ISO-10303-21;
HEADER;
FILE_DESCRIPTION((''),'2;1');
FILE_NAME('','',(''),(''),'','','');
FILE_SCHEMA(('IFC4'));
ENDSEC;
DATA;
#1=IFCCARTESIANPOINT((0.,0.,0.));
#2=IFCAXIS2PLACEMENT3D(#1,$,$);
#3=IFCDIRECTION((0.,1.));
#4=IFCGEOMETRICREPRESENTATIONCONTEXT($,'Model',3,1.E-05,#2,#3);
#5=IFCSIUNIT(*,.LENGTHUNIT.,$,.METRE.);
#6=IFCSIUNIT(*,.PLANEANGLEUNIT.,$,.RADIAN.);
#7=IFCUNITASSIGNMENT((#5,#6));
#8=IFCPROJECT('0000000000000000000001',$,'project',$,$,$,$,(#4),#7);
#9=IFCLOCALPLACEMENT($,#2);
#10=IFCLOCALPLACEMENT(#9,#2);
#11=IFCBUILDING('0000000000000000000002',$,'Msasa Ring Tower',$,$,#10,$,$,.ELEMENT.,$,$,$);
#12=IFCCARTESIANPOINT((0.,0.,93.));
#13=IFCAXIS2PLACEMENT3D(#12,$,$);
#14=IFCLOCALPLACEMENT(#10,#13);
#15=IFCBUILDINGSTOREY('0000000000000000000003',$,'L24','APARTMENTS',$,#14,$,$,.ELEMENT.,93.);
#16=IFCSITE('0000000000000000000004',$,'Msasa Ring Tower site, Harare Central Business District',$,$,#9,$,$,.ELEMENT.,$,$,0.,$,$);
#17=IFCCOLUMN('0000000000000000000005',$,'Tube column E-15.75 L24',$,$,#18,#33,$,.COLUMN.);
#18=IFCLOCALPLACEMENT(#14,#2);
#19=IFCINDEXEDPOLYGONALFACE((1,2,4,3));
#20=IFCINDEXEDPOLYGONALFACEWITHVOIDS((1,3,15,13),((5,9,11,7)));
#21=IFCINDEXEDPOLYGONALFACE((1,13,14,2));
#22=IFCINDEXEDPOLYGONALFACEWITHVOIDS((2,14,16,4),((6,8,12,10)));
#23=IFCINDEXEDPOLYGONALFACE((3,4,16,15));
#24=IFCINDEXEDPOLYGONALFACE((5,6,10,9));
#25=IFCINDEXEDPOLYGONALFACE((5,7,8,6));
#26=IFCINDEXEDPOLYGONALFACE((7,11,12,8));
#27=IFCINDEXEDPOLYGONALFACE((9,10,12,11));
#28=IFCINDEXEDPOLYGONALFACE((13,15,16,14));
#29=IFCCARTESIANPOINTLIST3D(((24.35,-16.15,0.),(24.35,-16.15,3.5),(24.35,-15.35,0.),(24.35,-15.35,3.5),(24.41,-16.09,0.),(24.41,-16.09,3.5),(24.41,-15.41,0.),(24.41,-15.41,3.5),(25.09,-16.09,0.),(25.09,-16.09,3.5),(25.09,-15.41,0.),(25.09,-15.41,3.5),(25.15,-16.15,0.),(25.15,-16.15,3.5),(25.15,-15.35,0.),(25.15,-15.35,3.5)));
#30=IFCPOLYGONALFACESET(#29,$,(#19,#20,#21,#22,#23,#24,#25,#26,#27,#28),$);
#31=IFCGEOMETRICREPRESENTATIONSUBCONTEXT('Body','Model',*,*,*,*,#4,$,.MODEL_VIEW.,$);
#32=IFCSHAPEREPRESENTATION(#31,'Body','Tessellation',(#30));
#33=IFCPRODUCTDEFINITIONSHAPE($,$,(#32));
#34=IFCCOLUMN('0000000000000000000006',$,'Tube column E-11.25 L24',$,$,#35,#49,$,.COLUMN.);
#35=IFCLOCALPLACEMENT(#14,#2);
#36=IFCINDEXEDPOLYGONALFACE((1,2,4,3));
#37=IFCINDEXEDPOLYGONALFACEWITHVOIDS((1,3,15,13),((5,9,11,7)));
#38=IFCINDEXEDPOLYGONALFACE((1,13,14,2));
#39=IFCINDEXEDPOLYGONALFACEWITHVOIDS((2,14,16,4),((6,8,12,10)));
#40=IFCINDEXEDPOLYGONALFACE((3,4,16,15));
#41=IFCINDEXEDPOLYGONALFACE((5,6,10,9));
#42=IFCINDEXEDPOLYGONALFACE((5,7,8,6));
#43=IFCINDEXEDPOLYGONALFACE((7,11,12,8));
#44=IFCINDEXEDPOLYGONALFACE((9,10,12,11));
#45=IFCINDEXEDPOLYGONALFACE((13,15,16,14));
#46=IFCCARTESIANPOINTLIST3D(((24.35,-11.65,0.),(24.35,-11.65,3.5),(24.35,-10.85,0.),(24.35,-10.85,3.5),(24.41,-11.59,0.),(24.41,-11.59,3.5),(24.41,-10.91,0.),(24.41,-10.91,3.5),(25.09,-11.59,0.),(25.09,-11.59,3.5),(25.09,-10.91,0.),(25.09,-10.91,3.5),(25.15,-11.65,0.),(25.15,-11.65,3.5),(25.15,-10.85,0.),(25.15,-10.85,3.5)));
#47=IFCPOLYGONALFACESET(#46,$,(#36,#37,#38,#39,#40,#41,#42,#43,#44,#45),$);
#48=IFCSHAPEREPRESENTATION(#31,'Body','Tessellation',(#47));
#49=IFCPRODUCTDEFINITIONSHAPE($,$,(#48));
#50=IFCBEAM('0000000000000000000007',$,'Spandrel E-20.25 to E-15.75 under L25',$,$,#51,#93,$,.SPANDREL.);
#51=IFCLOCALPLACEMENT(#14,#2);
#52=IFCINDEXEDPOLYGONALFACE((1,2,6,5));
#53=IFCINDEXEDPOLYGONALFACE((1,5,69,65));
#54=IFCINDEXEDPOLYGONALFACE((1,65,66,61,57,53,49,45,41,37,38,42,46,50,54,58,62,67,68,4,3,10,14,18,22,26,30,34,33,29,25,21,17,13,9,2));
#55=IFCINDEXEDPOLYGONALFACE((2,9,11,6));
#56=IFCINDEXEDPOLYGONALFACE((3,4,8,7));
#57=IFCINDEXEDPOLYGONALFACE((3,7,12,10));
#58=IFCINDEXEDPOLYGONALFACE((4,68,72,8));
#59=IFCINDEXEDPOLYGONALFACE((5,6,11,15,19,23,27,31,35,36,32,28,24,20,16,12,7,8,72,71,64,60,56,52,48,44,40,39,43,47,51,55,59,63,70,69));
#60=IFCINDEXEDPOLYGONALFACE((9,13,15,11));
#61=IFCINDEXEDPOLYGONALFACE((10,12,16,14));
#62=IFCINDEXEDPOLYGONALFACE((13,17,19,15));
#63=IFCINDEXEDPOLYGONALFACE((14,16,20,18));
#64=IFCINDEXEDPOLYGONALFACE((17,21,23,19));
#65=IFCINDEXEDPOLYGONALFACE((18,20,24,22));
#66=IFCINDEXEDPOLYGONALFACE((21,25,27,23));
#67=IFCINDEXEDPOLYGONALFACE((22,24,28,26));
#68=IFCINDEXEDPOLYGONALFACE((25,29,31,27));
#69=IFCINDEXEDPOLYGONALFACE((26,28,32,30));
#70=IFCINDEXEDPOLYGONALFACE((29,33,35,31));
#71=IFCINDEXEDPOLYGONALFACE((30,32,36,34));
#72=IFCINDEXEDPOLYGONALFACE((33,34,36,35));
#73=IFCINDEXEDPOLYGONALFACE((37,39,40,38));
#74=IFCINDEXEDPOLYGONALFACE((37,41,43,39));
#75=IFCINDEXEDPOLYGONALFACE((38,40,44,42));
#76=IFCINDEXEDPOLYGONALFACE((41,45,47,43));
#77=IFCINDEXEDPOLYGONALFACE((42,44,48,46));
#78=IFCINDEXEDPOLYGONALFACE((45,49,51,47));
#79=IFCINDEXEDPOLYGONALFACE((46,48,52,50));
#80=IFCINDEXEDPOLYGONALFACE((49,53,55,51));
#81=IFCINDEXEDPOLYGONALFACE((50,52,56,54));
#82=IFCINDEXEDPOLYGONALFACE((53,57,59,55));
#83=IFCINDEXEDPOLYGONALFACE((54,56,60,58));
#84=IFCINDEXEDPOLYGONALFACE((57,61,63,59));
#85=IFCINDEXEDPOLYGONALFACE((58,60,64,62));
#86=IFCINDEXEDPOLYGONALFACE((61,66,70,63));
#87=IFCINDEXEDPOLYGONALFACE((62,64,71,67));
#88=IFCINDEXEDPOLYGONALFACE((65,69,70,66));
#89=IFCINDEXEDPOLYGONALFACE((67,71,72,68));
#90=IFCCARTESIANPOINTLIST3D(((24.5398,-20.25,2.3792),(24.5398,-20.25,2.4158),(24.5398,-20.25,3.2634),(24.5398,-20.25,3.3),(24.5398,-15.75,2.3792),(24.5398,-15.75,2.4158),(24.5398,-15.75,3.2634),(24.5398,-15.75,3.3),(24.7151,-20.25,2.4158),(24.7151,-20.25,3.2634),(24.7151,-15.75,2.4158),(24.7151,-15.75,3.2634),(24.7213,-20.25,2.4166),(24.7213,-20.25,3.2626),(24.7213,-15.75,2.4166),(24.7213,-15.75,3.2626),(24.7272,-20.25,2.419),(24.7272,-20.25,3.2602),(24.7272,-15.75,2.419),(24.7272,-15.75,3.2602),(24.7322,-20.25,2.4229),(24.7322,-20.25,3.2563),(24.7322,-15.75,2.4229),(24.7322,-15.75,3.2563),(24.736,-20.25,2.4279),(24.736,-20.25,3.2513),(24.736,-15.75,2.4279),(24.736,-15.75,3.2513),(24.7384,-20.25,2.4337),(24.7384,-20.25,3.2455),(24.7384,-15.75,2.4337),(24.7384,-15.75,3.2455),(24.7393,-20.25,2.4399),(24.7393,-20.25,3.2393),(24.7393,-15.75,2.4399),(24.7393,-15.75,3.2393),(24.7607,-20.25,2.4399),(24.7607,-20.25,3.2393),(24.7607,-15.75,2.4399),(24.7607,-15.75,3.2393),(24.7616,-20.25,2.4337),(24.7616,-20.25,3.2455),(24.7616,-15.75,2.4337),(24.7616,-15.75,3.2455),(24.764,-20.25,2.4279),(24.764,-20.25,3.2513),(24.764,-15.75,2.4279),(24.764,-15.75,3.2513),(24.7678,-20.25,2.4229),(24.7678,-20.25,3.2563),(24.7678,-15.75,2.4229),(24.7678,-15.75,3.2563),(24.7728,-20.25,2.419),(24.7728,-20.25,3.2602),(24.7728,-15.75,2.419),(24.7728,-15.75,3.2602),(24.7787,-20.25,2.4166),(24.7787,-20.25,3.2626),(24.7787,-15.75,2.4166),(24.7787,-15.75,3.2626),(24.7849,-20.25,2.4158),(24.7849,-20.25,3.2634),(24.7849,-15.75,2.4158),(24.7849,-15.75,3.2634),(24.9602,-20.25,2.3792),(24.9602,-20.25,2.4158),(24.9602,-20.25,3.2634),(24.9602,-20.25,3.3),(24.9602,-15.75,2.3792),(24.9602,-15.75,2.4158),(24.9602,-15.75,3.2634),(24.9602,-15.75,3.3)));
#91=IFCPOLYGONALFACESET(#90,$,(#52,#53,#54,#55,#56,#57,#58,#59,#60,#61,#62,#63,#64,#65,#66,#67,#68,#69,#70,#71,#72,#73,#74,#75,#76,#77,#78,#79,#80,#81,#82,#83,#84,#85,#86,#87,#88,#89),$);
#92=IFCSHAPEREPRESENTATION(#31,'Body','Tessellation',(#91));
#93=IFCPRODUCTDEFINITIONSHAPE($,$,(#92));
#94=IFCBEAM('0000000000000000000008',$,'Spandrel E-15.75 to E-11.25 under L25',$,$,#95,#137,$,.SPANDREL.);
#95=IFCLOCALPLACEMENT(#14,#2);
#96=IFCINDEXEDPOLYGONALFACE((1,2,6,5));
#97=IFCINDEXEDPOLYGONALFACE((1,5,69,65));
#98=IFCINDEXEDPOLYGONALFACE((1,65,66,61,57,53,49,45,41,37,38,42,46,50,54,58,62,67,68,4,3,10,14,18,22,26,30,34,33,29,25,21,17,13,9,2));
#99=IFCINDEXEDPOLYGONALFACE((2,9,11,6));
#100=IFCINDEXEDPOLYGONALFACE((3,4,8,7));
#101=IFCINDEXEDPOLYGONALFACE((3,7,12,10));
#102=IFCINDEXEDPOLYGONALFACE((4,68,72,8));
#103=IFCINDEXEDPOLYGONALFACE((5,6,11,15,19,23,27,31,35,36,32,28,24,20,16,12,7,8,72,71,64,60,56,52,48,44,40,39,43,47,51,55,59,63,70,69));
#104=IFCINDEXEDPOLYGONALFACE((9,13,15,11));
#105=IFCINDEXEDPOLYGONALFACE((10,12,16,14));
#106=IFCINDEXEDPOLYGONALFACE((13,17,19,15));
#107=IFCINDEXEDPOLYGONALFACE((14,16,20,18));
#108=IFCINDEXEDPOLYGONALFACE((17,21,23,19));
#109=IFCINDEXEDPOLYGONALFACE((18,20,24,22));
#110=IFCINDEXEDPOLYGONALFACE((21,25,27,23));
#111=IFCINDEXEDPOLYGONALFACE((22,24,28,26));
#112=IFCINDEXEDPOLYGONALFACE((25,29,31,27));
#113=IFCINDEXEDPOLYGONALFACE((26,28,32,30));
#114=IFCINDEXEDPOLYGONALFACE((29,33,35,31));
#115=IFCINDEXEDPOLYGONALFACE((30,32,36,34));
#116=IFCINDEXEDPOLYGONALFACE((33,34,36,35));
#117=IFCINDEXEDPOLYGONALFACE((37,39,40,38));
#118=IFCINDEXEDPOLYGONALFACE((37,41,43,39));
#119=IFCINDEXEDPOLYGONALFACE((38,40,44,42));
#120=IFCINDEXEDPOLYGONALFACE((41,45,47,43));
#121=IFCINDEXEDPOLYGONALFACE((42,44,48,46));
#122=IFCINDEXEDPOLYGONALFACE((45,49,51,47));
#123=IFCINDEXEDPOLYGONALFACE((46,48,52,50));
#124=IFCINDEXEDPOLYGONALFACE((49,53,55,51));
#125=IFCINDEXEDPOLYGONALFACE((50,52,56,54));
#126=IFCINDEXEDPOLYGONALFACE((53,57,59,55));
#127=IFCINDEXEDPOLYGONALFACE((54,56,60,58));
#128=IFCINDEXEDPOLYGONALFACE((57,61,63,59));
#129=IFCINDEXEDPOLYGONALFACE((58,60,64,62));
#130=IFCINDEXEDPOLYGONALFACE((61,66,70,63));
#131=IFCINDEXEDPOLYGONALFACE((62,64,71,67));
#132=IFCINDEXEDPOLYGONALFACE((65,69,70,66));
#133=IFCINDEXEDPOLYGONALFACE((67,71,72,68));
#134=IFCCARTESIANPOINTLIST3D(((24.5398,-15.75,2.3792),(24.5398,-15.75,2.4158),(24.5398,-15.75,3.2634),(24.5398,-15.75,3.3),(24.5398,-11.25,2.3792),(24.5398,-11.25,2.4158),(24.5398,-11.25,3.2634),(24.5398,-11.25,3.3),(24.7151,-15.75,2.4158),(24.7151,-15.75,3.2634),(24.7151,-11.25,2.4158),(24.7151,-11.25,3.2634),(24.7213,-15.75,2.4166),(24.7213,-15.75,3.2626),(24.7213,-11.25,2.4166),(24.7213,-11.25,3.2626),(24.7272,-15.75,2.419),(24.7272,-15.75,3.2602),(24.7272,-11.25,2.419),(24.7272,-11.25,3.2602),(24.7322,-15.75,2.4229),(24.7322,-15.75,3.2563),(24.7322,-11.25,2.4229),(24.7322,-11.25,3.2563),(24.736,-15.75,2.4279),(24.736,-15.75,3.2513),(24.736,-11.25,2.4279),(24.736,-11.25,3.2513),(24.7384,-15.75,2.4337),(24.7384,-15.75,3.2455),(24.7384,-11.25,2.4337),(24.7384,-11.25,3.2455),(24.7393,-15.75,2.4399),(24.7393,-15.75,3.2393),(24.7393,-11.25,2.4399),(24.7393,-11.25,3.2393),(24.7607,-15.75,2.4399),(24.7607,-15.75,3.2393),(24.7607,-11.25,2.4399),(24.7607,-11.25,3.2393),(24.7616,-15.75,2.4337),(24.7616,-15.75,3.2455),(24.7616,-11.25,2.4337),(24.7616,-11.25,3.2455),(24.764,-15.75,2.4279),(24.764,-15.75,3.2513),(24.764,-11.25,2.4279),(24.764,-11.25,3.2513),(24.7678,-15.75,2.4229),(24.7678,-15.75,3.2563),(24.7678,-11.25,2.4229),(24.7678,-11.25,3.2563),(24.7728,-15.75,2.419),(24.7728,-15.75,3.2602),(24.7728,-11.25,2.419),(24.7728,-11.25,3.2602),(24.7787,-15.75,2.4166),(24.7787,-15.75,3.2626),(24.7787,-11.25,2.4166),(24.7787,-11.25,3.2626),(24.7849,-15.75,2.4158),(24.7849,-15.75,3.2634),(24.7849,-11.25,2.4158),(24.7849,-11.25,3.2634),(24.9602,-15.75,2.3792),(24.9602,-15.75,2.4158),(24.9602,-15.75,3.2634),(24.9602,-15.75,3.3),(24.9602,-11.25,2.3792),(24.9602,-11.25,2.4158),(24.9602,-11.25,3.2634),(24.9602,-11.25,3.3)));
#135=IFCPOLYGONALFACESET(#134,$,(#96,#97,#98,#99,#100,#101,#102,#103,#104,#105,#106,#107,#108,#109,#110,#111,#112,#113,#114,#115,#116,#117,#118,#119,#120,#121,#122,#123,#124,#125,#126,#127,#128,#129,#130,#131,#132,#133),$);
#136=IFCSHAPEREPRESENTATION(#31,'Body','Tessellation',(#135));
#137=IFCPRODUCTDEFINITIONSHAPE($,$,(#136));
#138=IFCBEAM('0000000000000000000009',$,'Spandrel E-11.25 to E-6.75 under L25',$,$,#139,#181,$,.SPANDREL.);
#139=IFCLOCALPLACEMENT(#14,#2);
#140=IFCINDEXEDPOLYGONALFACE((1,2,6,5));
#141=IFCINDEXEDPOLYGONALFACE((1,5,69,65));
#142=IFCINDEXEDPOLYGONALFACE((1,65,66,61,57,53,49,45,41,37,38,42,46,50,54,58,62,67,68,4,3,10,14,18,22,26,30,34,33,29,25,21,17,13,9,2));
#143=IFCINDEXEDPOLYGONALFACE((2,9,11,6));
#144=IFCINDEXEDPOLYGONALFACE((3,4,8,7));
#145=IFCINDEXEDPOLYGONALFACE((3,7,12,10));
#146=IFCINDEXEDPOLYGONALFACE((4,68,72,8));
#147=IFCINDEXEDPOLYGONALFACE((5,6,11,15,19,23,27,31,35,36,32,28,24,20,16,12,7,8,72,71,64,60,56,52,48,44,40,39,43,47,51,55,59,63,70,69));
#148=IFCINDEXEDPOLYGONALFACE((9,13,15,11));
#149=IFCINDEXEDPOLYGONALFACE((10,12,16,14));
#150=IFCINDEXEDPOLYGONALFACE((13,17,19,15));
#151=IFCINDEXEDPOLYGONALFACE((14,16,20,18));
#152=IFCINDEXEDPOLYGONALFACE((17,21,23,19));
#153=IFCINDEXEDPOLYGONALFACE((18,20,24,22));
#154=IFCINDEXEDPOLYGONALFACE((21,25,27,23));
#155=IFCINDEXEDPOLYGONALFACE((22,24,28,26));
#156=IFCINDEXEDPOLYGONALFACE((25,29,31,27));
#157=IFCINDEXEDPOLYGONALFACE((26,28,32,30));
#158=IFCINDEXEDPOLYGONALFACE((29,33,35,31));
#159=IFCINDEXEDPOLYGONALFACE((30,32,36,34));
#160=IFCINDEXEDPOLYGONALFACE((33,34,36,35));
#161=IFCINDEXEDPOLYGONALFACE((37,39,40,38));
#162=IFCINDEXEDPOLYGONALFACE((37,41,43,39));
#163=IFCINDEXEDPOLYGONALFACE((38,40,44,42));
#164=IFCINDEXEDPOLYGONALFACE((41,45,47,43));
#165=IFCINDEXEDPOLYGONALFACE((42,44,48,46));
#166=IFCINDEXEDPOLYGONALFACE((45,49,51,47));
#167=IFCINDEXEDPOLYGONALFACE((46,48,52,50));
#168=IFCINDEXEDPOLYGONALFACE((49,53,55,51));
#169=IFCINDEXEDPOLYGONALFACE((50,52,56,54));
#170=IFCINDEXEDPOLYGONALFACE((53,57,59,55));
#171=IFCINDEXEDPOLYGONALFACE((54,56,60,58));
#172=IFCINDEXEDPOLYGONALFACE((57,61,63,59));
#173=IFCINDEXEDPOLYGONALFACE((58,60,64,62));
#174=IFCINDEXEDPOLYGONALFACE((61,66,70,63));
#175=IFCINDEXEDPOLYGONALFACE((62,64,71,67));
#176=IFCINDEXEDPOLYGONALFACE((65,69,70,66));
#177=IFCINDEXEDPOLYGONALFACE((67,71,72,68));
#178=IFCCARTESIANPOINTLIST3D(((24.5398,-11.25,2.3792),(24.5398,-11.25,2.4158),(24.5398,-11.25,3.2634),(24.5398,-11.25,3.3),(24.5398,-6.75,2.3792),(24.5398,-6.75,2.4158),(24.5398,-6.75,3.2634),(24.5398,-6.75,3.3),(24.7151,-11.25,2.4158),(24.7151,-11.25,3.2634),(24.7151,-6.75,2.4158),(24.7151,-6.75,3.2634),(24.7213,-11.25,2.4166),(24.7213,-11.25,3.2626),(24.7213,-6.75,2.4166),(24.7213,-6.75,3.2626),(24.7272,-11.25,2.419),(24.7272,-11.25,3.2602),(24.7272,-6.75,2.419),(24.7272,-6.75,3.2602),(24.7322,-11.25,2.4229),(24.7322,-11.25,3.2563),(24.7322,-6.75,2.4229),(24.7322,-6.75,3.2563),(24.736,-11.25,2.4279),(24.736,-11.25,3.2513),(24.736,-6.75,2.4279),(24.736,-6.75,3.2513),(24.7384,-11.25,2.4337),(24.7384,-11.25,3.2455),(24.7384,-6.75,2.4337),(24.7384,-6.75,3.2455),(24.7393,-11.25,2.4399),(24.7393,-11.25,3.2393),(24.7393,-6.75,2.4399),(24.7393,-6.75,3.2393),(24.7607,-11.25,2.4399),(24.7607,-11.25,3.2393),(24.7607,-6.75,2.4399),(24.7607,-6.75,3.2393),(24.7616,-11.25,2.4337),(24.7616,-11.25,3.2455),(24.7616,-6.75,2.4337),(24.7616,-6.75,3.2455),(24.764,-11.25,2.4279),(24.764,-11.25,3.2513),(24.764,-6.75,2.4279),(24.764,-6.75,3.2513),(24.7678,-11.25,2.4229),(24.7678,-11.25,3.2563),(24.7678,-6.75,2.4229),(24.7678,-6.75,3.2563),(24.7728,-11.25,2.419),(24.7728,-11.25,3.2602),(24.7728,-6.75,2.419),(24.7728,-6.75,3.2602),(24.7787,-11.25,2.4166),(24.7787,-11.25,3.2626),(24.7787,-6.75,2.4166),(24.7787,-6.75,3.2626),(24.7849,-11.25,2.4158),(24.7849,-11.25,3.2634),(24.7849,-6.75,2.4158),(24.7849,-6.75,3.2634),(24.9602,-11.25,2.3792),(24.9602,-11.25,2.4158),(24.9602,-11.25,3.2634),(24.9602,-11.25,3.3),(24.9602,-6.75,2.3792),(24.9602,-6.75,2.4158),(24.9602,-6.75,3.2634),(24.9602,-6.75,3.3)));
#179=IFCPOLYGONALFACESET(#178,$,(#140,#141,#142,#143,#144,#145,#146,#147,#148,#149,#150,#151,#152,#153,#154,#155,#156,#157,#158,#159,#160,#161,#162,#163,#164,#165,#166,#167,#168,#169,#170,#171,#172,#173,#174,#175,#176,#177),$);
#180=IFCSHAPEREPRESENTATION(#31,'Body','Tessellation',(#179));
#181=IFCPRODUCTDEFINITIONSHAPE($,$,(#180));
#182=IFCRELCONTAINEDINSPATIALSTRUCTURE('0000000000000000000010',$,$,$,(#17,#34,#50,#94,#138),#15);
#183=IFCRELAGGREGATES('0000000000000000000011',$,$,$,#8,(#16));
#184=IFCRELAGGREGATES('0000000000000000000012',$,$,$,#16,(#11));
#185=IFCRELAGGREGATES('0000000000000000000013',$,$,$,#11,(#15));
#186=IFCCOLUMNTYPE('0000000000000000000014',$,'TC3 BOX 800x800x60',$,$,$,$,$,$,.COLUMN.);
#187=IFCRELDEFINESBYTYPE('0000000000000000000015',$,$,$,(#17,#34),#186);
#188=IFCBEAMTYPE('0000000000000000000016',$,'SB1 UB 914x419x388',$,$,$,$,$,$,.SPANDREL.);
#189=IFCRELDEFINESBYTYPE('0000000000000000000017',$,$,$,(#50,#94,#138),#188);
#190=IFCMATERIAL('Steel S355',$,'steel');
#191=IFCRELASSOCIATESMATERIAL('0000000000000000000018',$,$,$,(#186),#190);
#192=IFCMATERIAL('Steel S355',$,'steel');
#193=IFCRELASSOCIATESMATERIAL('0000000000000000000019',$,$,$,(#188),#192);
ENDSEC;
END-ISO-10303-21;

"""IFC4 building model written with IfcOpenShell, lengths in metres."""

from ifc_helpers import new_model, si_unit, direction, frame, origin, origin_2d, place, context, subcontext, project, spatial, hollow_rectangle, i_section, extrude, material, material_profile, profile_set, type_object, element, save


model = new_model("IFC4")

# Units and contexts
model_context = context("Model", 3, precision=1e-05, world=origin(), true_north=direction((0.0, 1.0)))
body_context = subcontext(model_context, "Body", "Model", "MODEL_VIEW")
ifc_project = project(units=[si_unit("LENGTHUNIT", "METRE"), si_unit("PLANEANGLEUNIT", "RADIAN")], contexts=[model_context])

# Site, building, storey
site_placement = place(None, origin())
site = spatial("IfcSite", under=ifc_project, at=site_placement, Name="Msasa Ring Tower site, Harare Central Business District", CompositionType="ELEMENT", RefElevation=0.0)
building_placement = place(site_placement, origin())
building = spatial("IfcBuilding", under=site, at=building_placement, Name="Msasa Ring Tower", CompositionType="ELEMENT")
storey_placement = place(building_placement, frame((0.0, 0.0, 93.0)))
storey = spatial("IfcBuildingStorey", under=building, at=storey_placement, Name="L24", Description="APARTMENTS", CompositionType="ELEMENT", Elevation=93.0)

# Columns
ifc_material_1 = material(Name="Steel S355", Category="steel")
ifc_material_profile_1 = material_profile(ifc_material_1, hollow_rectangle(XDim=0.8, YDim=0.8, WallThickness=0.0601, at=origin_2d()), Name="BOX 800x800x60")
ifc_profile_set_1 = profile_set([ifc_material_profile_1], Name="Steel S355")
column_type = type_object("IfcColumnType", Name="TC3 BOX 800x800x60", PredefinedType="COLUMN", material=ifc_profile_set_1)
for number, where, z_axis, x_axis, name in (
    (1, (24.75, -15.75, 0.0), (0.0, 0.0, 1.0), (1.0, 0.0, 0.0), "Tube column E-15.75 L24"),
    (2, (24.75, -11.25, 0.0), (0.0, 0.0, 1.0), (1.0, 0.0, 0.0), "Tube column E-11.25 L24"),
):
    element("IfcColumn", number, at=place(storey_placement, frame(where, z_axis=z_axis, x_axis=x_axis)), inside=storey, type_object=column_type, Name=name, PredefinedType="COLUMN", context=body_context, shape_type="SweptSolid", body=[
        extrude(hollow_rectangle(XDim=0.8, YDim=0.8, WallThickness=0.0601, at=origin_2d()), origin(), (0.0, 0.0, 1.0), 3.5),
    ])

# Beams
ifc_material_2 = material(Name="Steel S355", Category="steel")
ifc_material_profile_2 = material_profile(ifc_material_2, i_section(OverallWidth=0.4204, OverallDepth=0.9209, WebThickness=0.0215, FlangeThickness=0.0366, FilletRadius=0.0242, at=origin_2d()), Name="UB 914x419x388")
ifc_profile_set_2 = profile_set([ifc_material_profile_2], Name="Steel S355")
beam_type = type_object("IfcBeamType", Name="SB1 UB 914x419x388", PredefinedType="SPANDREL", material=ifc_profile_set_2)
for number, where, z_axis, x_axis, name in (
    (3, (24.75, -20.25, 2.8396), (0.0, 1.0, 0.0), (-1.0, 0.0, 0.0), "Spandrel E-20.25 to E-15.75 under L25"),
    (4, (24.75, -15.75, 2.8396), (0.0, 1.0, 0.0), (-1.0, 0.0, 0.0), "Spandrel E-15.75 to E-11.25 under L25"),
    (5, (24.75, -11.25, 2.8396), (0.0, 1.0, 0.0), (-1.0, 0.0, 0.0), "Spandrel E-11.25 to E-6.75 under L25"),
):
    element("IfcBeam", number, at=place(storey_placement, frame(where, z_axis=z_axis, x_axis=x_axis)), inside=storey, type_object=beam_type, Name=name, PredefinedType="SPANDREL", context=body_context, shape_type="SweptSolid", body=[
        extrude(i_section(OverallWidth=0.4204, OverallDepth=0.9209, WebThickness=0.0215, FlangeThickness=0.0366, FilletRadius=0.0242, at=origin_2d()), origin(), (0.0, 0.0, 1.0), 4.5),
    ])

save(model, "model.ifc")
